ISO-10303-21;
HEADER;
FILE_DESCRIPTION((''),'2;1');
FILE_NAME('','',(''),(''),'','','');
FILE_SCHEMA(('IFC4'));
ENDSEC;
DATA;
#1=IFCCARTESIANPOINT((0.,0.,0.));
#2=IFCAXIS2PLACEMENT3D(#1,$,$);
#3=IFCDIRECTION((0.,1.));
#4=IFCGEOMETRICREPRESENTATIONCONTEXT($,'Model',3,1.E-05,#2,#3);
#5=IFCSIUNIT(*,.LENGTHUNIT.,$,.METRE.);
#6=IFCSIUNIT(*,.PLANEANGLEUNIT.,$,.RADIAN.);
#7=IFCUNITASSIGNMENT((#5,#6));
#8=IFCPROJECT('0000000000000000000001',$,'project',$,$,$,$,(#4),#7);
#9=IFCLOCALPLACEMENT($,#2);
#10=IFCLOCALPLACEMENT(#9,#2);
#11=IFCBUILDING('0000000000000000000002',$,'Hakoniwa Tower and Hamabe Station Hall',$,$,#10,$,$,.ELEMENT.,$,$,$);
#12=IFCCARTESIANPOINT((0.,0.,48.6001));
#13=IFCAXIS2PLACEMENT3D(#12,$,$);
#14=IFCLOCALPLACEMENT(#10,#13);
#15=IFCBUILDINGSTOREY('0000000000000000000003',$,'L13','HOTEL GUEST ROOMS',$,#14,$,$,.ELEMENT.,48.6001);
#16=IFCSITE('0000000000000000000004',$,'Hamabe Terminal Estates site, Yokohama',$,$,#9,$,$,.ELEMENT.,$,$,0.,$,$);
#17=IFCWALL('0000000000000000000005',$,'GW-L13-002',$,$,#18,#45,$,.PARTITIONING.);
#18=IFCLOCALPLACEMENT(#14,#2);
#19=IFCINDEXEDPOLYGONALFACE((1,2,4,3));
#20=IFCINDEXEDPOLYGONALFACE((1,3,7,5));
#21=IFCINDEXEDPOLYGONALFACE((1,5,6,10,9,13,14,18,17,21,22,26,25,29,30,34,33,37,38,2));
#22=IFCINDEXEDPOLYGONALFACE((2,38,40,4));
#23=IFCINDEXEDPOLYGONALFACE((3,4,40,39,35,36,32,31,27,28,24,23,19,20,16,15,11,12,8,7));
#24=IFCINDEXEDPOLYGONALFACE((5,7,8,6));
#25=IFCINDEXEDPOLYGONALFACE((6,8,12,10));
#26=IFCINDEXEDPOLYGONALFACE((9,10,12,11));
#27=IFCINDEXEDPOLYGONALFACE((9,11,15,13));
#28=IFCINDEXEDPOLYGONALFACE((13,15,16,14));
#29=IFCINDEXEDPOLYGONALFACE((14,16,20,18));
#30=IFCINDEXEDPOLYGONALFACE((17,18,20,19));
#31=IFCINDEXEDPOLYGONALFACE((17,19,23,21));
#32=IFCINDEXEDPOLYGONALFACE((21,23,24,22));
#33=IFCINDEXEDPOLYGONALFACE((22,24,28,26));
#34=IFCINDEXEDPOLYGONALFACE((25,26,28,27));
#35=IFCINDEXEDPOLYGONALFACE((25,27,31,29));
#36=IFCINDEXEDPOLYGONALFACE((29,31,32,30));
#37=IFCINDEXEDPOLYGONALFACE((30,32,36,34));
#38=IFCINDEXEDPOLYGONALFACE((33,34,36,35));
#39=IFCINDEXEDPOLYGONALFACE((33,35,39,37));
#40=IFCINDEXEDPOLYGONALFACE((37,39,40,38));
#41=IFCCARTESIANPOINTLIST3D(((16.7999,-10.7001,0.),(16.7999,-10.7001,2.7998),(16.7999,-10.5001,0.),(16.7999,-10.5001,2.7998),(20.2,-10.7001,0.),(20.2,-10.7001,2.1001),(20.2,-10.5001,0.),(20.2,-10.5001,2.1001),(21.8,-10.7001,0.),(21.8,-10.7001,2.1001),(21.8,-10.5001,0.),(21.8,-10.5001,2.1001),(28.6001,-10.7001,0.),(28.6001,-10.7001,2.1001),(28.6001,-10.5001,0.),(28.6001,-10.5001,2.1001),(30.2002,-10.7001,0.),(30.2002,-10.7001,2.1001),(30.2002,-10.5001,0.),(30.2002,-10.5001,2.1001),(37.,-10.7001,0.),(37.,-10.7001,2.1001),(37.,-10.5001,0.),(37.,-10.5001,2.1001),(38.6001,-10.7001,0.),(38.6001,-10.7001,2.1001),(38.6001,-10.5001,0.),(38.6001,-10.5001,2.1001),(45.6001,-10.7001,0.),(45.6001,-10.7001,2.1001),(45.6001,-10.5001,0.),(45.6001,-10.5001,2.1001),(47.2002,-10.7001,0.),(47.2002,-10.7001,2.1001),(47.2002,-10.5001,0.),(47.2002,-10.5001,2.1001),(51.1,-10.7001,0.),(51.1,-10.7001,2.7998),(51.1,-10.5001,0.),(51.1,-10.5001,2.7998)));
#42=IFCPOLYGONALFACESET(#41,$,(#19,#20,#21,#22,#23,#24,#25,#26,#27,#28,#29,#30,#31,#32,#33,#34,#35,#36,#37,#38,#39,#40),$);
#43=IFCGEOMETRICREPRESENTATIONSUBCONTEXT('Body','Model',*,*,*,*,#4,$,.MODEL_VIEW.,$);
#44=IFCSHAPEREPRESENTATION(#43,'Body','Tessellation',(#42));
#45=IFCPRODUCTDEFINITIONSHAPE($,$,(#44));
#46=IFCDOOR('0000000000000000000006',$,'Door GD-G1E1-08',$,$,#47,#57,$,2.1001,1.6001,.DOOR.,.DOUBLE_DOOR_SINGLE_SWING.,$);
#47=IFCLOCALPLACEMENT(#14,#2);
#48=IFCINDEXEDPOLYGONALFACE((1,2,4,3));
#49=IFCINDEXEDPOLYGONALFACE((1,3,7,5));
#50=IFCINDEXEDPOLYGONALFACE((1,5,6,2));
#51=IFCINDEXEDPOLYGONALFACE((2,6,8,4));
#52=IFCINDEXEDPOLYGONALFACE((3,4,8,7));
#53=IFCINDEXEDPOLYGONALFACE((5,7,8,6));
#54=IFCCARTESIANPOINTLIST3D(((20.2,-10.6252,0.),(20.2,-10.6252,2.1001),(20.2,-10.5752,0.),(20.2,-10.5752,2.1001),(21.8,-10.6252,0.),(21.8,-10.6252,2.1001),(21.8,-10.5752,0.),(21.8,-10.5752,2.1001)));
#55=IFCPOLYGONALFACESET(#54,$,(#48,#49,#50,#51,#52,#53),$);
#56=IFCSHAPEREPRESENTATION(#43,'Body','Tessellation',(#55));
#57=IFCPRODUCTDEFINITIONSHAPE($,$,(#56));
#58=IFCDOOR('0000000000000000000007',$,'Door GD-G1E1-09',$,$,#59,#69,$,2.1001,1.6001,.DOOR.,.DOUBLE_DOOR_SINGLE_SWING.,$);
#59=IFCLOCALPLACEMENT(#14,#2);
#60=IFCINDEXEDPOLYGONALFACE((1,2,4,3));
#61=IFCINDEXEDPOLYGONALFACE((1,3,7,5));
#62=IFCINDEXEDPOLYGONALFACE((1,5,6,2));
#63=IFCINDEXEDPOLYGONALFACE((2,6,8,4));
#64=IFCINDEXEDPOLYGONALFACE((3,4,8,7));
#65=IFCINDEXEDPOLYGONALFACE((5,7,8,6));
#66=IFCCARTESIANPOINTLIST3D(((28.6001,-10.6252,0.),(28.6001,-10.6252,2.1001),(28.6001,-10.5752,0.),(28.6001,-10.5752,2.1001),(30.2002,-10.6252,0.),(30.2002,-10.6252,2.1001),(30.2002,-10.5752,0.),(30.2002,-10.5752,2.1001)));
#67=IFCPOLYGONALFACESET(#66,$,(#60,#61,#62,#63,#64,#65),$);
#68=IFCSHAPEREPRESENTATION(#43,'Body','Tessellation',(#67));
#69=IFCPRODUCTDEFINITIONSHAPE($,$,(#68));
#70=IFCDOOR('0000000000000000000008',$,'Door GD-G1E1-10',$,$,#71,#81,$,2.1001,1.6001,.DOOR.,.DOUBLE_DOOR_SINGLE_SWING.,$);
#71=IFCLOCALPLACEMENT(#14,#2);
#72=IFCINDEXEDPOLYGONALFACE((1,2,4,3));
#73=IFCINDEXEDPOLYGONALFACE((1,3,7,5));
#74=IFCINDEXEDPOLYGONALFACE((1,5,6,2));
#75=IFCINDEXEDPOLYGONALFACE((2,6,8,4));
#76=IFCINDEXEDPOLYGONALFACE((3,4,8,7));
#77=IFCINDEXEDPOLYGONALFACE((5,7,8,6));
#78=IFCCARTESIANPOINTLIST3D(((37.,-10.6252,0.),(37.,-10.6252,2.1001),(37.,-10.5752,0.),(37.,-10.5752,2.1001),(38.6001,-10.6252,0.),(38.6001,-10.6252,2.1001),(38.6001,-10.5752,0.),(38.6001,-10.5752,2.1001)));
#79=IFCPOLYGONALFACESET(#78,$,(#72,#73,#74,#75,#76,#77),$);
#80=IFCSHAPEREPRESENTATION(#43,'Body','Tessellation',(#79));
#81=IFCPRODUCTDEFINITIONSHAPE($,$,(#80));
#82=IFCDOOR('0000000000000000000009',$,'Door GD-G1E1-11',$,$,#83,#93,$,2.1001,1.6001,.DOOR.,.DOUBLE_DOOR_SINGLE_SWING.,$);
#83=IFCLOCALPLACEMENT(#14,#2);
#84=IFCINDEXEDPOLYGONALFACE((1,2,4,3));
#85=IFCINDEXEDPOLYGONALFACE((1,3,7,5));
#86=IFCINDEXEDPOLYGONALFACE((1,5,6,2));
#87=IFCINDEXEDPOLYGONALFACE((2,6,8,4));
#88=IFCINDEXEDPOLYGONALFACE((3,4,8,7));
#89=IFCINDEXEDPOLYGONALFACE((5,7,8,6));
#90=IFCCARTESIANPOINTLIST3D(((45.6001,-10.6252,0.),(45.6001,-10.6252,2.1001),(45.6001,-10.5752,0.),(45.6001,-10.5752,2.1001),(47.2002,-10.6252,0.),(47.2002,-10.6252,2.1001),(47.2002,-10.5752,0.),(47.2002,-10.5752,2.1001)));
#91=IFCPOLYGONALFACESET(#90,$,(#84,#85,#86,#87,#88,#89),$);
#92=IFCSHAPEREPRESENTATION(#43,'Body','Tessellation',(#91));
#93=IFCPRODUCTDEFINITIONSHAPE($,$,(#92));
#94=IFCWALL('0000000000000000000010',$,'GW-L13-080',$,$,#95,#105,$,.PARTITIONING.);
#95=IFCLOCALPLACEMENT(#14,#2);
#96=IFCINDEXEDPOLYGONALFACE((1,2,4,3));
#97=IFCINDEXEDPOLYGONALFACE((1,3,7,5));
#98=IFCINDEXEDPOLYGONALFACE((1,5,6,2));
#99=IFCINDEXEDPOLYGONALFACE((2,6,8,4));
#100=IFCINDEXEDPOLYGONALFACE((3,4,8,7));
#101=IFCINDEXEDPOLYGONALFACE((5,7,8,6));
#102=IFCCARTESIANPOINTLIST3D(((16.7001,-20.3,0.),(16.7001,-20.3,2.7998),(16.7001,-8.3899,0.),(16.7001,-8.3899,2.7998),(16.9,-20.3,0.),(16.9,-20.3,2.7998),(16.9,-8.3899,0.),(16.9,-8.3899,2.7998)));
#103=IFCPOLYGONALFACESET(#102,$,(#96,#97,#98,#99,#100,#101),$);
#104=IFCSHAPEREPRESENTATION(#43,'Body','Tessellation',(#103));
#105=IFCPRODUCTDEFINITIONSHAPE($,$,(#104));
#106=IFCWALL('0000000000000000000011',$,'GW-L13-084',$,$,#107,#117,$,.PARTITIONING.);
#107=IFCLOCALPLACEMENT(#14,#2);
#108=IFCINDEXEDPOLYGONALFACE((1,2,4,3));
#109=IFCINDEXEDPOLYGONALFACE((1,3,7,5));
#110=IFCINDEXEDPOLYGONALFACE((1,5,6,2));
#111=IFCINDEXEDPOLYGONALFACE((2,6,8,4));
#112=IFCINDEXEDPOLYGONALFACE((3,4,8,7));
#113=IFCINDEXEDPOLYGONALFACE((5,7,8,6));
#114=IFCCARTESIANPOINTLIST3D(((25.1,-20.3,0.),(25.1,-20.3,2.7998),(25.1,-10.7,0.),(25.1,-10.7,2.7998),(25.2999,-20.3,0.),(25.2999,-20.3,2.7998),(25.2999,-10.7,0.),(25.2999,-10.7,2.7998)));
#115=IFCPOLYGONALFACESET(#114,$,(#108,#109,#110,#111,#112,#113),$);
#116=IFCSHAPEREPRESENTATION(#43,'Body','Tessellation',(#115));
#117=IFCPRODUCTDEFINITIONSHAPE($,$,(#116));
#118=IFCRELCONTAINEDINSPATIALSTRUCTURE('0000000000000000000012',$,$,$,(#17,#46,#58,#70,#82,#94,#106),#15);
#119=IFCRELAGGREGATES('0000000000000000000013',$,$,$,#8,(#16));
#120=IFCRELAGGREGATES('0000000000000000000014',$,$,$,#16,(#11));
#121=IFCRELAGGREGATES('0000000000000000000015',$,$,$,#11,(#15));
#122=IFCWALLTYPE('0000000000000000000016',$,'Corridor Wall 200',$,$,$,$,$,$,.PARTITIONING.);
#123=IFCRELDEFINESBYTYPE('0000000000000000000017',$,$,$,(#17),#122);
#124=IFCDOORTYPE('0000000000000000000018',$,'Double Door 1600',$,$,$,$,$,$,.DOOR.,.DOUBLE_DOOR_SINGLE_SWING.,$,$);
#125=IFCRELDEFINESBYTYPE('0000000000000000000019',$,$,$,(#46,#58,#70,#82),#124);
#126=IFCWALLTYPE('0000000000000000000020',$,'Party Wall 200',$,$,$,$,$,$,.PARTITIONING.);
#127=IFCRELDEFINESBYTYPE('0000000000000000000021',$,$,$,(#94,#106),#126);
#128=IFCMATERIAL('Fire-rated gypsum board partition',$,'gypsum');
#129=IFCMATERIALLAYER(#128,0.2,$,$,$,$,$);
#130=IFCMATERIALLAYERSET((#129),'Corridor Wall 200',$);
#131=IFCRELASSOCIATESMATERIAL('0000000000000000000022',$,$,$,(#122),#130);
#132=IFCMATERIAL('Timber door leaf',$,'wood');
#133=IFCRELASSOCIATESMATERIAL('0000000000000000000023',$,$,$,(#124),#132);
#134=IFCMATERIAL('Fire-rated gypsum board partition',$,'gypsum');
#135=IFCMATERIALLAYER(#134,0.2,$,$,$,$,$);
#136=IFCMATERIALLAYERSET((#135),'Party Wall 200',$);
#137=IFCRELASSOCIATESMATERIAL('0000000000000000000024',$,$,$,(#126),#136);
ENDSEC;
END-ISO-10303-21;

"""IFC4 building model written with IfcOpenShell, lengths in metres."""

from ifc_helpers import new_model, si_unit, direction, frame, frame_2d, origin, place, context, subcontext, project, spatial, rectangle, extrude, material, layer, layer_set, type_object, element, fill, save


model = new_model("IFC4")

# Units and contexts
model_context = context("Model", 3, precision=1e-05, world=origin(), true_north=direction((0.0, 1.0)))
body_context = subcontext(model_context, "Body", "Model", "MODEL_VIEW")
ifc_project = project(units=[si_unit("LENGTHUNIT", "METRE"), si_unit("PLANEANGLEUNIT", "RADIAN")], contexts=[model_context])

# Site, building, storey
site_placement = place(None, origin())
site = spatial("IfcSite", under=ifc_project, at=site_placement, Name="Hamabe Terminal Estates site, Yokohama", CompositionType="ELEMENT", RefElevation=0.0)
building_placement = place(site_placement, origin())
building = spatial("IfcBuilding", under=site, at=building_placement, Name="Hakoniwa Tower and Hamabe Station Hall", CompositionType="ELEMENT")
storey_placement = place(building_placement, frame((0.0, 0.0, 48.6001)))
storey = spatial("IfcBuildingStorey", under=building, at=storey_placement, Name="L13", Description="HOTEL GUEST ROOMS", CompositionType="ELEMENT", Elevation=48.6001)

# Wall, openings, doors
ifc_material_1 = material(Name="Fire-rated gypsum board partition", Category="gypsum")
ifc_layer_1 = layer(ifc_material_1, 0.2)
ifc_layer_set_1 = layer_set([ifc_layer_1], Name="Corridor Wall 200")
wall_type_1 = type_object("IfcWallType", Name="Corridor Wall 200", PredefinedType="PARTITIONING", material=ifc_layer_set_1)
wall_1_placement = place(storey_placement, frame((16.8, -10.6001, 0.0), z_axis=(0.0, 0.0, 1.0), x_axis=(1.0, 0.0, 0.0)))
wall_1 = element("IfcWall", 1, at=wall_1_placement, inside=storey, type_object=wall_type_1, Name="GW-L13-002", PredefinedType="PARTITIONING", context=body_context, shape_type="SweptSolid", body=[
    extrude(rectangle(XDim=34.3, YDim=0.2, at=frame_2d((17.1499, 0.0))), origin(), (0.0, 0.0, 1.0), 2.7998),
])
opening_1_placement = place(wall_1_placement, frame((3.3999, 0.0, 0.0)))
opening_1 = element("IfcOpeningElement", 2, at=opening_1_placement, cuts=wall_1, PredefinedType="OPENING", context=body_context, shape_type="SweptSolid", body=[
    extrude(rectangle(XDim=1.6001, YDim=2.1001, at=frame_2d((0.8, 1.05))), frame((0.0, 0.1099, 0.0), z_axis=(0.0, -1.0, 0.0), x_axis=(1.0, 0.0, 0.0)), (0.0, 0.0, 1.0), 0.22),
])
opening_2_placement = place(wall_1_placement, frame((11.8, 0.0, 0.0)))
opening_2 = element("IfcOpeningElement", 3, at=opening_2_placement, cuts=wall_1, PredefinedType="OPENING", context=body_context, shape_type="SweptSolid", body=[
    extrude(rectangle(XDim=1.6001, YDim=2.1001, at=frame_2d((0.8, 1.05))), frame((0.0, 0.1099, 0.0), z_axis=(0.0, -1.0, 0.0), x_axis=(1.0, 0.0, 0.0)), (0.0, 0.0, 1.0), 0.22),
])
opening_3_placement = place(wall_1_placement, frame((20.2, 0.0, 0.0)))
opening_3 = element("IfcOpeningElement", 4, at=opening_3_placement, cuts=wall_1, PredefinedType="OPENING", context=body_context, shape_type="SweptSolid", body=[
    extrude(rectangle(XDim=1.6001, YDim=2.1001, at=frame_2d((0.8, 1.05))), frame((0.0, 0.1099, 0.0), z_axis=(0.0, -1.0, 0.0), x_axis=(1.0, 0.0, 0.0)), (0.0, 0.0, 1.0), 0.22),
])
opening_4_placement = place(wall_1_placement, frame((28.8, 0.0, 0.0)))
opening_4 = element("IfcOpeningElement", 5, at=opening_4_placement, cuts=wall_1, PredefinedType="OPENING", context=body_context, shape_type="SweptSolid", body=[
    extrude(rectangle(XDim=1.6001, YDim=2.1001, at=frame_2d((0.8, 1.05))), frame((0.0, 0.1099, 0.0), z_axis=(0.0, -1.0, 0.0), x_axis=(1.0, 0.0, 0.0)), (0.0, 0.0, 1.0), 0.22),
])
ifc_material_2 = material(Name="Timber door leaf", Category="wood")
door_type_1 = type_object("IfcDoorType", Name="Double Door 1600", OperationType="DOUBLE_DOOR_SINGLE_SWING", PredefinedType="DOOR", material=ifc_material_2)
door_1_placement = place(opening_1_placement, origin())
door_1 = element("IfcDoor", 6, at=door_1_placement, inside=storey, type_object=door_type_1, Name="Door GD-G1E1-08", OperationType="DOUBLE_DOOR_SINGLE_SWING", OverallHeight=2.1001, OverallWidth=1.6001, PredefinedType="DOOR", context=body_context, shape_type="SweptSolid", body=[
    extrude(rectangle(XDim=1.6001, YDim=2.1001, at=frame_2d((0.8, 1.05))), frame((0.0, 0.0249, 0.0), z_axis=(0.0, -1.0, 0.0), x_axis=(1.0, 0.0, 0.0)), (0.0, 0.0, 1.0), 0.05),
])
fill(opening_1, door_1)
door_2_placement = place(opening_2_placement, origin())
door_2 = element("IfcDoor", 7, at=door_2_placement, inside=storey, type_object=door_type_1, Name="Door GD-G1E1-09", OperationType="DOUBLE_DOOR_SINGLE_SWING", OverallHeight=2.1001, OverallWidth=1.6001, PredefinedType="DOOR", context=body_context, shape_type="SweptSolid", body=[
    extrude(rectangle(XDim=1.6001, YDim=2.1001, at=frame_2d((0.8, 1.05))), frame((0.0, 0.0249, 0.0), z_axis=(0.0, -1.0, 0.0), x_axis=(1.0, 0.0, 0.0)), (0.0, 0.0, 1.0), 0.05),
])
fill(opening_2, door_2)
door_3_placement = place(opening_3_placement, origin())
door_3 = element("IfcDoor", 8, at=door_3_placement, inside=storey, type_object=door_type_1, Name="Door GD-G1E1-10", OperationType="DOUBLE_DOOR_SINGLE_SWING", OverallHeight=2.1001, OverallWidth=1.6001, PredefinedType="DOOR", context=body_context, shape_type="SweptSolid", body=[
    extrude(rectangle(XDim=1.6001, YDim=2.1001, at=frame_2d((0.8, 1.05))), frame((0.0, 0.0249, 0.0), z_axis=(0.0, -1.0, 0.0), x_axis=(1.0, 0.0, 0.0)), (0.0, 0.0, 1.0), 0.05),
])
fill(opening_3, door_3)
door_4_placement = place(opening_4_placement, origin())
door_4 = element("IfcDoor", 9, at=door_4_placement, inside=storey, type_object=door_type_1, Name="Door GD-G1E1-11", OperationType="DOUBLE_DOOR_SINGLE_SWING", OverallHeight=2.1001, OverallWidth=1.6001, PredefinedType="DOOR", context=body_context, shape_type="SweptSolid", body=[
    extrude(rectangle(XDim=1.6001, YDim=2.1001, at=frame_2d((0.8, 1.05))), frame((0.0, 0.0249, 0.0), z_axis=(0.0, -1.0, 0.0), x_axis=(1.0, 0.0, 0.0)), (0.0, 0.0, 1.0), 0.05),
])
fill(opening_4, door_4)

# Walls
ifc_material_3 = material(Name="Fire-rated gypsum board partition", Category="gypsum")
ifc_layer_2 = layer(ifc_material_3, 0.2)
ifc_layer_set_2 = layer_set([ifc_layer_2], Name="Party Wall 200")
wall_type_2 = type_object("IfcWallType", Name="Party Wall 200", PredefinedType="PARTITIONING", material=ifc_layer_set_2)
wall_2_placement = place(storey_placement, frame((16.8, -20.3, 0.0), z_axis=(0.0, 0.0, 1.0), x_axis=(0.0, 1.0, 0.0)))
element("IfcWall", 10, at=wall_2_placement, inside=storey, type_object=wall_type_2, Name="GW-L13-080", PredefinedType="PARTITIONING", context=body_context, shape_type="SweptSolid", body=[
    extrude(rectangle(XDim=11.9102, YDim=0.2, at=frame_2d((5.9551, 0.0))), origin(), (0.0, 0.0, 1.0), 2.7998),
])
wall_3_placement = place(storey_placement, frame((25.2, -20.3, 0.0), z_axis=(0.0, 0.0, 1.0), x_axis=(0.0, 1.0, 0.0)))
element("IfcWall", 11, at=wall_3_placement, inside=storey, type_object=wall_type_2, Name="GW-L13-084", PredefinedType="PARTITIONING", context=body_context, shape_type="SweptSolid", body=[
    extrude(rectangle(XDim=9.6001, YDim=0.2, at=frame_2d((4.8, 0.0))), origin(), (0.0, 0.0, 1.0), 2.7998),
])

save(model, "model.ifc")
